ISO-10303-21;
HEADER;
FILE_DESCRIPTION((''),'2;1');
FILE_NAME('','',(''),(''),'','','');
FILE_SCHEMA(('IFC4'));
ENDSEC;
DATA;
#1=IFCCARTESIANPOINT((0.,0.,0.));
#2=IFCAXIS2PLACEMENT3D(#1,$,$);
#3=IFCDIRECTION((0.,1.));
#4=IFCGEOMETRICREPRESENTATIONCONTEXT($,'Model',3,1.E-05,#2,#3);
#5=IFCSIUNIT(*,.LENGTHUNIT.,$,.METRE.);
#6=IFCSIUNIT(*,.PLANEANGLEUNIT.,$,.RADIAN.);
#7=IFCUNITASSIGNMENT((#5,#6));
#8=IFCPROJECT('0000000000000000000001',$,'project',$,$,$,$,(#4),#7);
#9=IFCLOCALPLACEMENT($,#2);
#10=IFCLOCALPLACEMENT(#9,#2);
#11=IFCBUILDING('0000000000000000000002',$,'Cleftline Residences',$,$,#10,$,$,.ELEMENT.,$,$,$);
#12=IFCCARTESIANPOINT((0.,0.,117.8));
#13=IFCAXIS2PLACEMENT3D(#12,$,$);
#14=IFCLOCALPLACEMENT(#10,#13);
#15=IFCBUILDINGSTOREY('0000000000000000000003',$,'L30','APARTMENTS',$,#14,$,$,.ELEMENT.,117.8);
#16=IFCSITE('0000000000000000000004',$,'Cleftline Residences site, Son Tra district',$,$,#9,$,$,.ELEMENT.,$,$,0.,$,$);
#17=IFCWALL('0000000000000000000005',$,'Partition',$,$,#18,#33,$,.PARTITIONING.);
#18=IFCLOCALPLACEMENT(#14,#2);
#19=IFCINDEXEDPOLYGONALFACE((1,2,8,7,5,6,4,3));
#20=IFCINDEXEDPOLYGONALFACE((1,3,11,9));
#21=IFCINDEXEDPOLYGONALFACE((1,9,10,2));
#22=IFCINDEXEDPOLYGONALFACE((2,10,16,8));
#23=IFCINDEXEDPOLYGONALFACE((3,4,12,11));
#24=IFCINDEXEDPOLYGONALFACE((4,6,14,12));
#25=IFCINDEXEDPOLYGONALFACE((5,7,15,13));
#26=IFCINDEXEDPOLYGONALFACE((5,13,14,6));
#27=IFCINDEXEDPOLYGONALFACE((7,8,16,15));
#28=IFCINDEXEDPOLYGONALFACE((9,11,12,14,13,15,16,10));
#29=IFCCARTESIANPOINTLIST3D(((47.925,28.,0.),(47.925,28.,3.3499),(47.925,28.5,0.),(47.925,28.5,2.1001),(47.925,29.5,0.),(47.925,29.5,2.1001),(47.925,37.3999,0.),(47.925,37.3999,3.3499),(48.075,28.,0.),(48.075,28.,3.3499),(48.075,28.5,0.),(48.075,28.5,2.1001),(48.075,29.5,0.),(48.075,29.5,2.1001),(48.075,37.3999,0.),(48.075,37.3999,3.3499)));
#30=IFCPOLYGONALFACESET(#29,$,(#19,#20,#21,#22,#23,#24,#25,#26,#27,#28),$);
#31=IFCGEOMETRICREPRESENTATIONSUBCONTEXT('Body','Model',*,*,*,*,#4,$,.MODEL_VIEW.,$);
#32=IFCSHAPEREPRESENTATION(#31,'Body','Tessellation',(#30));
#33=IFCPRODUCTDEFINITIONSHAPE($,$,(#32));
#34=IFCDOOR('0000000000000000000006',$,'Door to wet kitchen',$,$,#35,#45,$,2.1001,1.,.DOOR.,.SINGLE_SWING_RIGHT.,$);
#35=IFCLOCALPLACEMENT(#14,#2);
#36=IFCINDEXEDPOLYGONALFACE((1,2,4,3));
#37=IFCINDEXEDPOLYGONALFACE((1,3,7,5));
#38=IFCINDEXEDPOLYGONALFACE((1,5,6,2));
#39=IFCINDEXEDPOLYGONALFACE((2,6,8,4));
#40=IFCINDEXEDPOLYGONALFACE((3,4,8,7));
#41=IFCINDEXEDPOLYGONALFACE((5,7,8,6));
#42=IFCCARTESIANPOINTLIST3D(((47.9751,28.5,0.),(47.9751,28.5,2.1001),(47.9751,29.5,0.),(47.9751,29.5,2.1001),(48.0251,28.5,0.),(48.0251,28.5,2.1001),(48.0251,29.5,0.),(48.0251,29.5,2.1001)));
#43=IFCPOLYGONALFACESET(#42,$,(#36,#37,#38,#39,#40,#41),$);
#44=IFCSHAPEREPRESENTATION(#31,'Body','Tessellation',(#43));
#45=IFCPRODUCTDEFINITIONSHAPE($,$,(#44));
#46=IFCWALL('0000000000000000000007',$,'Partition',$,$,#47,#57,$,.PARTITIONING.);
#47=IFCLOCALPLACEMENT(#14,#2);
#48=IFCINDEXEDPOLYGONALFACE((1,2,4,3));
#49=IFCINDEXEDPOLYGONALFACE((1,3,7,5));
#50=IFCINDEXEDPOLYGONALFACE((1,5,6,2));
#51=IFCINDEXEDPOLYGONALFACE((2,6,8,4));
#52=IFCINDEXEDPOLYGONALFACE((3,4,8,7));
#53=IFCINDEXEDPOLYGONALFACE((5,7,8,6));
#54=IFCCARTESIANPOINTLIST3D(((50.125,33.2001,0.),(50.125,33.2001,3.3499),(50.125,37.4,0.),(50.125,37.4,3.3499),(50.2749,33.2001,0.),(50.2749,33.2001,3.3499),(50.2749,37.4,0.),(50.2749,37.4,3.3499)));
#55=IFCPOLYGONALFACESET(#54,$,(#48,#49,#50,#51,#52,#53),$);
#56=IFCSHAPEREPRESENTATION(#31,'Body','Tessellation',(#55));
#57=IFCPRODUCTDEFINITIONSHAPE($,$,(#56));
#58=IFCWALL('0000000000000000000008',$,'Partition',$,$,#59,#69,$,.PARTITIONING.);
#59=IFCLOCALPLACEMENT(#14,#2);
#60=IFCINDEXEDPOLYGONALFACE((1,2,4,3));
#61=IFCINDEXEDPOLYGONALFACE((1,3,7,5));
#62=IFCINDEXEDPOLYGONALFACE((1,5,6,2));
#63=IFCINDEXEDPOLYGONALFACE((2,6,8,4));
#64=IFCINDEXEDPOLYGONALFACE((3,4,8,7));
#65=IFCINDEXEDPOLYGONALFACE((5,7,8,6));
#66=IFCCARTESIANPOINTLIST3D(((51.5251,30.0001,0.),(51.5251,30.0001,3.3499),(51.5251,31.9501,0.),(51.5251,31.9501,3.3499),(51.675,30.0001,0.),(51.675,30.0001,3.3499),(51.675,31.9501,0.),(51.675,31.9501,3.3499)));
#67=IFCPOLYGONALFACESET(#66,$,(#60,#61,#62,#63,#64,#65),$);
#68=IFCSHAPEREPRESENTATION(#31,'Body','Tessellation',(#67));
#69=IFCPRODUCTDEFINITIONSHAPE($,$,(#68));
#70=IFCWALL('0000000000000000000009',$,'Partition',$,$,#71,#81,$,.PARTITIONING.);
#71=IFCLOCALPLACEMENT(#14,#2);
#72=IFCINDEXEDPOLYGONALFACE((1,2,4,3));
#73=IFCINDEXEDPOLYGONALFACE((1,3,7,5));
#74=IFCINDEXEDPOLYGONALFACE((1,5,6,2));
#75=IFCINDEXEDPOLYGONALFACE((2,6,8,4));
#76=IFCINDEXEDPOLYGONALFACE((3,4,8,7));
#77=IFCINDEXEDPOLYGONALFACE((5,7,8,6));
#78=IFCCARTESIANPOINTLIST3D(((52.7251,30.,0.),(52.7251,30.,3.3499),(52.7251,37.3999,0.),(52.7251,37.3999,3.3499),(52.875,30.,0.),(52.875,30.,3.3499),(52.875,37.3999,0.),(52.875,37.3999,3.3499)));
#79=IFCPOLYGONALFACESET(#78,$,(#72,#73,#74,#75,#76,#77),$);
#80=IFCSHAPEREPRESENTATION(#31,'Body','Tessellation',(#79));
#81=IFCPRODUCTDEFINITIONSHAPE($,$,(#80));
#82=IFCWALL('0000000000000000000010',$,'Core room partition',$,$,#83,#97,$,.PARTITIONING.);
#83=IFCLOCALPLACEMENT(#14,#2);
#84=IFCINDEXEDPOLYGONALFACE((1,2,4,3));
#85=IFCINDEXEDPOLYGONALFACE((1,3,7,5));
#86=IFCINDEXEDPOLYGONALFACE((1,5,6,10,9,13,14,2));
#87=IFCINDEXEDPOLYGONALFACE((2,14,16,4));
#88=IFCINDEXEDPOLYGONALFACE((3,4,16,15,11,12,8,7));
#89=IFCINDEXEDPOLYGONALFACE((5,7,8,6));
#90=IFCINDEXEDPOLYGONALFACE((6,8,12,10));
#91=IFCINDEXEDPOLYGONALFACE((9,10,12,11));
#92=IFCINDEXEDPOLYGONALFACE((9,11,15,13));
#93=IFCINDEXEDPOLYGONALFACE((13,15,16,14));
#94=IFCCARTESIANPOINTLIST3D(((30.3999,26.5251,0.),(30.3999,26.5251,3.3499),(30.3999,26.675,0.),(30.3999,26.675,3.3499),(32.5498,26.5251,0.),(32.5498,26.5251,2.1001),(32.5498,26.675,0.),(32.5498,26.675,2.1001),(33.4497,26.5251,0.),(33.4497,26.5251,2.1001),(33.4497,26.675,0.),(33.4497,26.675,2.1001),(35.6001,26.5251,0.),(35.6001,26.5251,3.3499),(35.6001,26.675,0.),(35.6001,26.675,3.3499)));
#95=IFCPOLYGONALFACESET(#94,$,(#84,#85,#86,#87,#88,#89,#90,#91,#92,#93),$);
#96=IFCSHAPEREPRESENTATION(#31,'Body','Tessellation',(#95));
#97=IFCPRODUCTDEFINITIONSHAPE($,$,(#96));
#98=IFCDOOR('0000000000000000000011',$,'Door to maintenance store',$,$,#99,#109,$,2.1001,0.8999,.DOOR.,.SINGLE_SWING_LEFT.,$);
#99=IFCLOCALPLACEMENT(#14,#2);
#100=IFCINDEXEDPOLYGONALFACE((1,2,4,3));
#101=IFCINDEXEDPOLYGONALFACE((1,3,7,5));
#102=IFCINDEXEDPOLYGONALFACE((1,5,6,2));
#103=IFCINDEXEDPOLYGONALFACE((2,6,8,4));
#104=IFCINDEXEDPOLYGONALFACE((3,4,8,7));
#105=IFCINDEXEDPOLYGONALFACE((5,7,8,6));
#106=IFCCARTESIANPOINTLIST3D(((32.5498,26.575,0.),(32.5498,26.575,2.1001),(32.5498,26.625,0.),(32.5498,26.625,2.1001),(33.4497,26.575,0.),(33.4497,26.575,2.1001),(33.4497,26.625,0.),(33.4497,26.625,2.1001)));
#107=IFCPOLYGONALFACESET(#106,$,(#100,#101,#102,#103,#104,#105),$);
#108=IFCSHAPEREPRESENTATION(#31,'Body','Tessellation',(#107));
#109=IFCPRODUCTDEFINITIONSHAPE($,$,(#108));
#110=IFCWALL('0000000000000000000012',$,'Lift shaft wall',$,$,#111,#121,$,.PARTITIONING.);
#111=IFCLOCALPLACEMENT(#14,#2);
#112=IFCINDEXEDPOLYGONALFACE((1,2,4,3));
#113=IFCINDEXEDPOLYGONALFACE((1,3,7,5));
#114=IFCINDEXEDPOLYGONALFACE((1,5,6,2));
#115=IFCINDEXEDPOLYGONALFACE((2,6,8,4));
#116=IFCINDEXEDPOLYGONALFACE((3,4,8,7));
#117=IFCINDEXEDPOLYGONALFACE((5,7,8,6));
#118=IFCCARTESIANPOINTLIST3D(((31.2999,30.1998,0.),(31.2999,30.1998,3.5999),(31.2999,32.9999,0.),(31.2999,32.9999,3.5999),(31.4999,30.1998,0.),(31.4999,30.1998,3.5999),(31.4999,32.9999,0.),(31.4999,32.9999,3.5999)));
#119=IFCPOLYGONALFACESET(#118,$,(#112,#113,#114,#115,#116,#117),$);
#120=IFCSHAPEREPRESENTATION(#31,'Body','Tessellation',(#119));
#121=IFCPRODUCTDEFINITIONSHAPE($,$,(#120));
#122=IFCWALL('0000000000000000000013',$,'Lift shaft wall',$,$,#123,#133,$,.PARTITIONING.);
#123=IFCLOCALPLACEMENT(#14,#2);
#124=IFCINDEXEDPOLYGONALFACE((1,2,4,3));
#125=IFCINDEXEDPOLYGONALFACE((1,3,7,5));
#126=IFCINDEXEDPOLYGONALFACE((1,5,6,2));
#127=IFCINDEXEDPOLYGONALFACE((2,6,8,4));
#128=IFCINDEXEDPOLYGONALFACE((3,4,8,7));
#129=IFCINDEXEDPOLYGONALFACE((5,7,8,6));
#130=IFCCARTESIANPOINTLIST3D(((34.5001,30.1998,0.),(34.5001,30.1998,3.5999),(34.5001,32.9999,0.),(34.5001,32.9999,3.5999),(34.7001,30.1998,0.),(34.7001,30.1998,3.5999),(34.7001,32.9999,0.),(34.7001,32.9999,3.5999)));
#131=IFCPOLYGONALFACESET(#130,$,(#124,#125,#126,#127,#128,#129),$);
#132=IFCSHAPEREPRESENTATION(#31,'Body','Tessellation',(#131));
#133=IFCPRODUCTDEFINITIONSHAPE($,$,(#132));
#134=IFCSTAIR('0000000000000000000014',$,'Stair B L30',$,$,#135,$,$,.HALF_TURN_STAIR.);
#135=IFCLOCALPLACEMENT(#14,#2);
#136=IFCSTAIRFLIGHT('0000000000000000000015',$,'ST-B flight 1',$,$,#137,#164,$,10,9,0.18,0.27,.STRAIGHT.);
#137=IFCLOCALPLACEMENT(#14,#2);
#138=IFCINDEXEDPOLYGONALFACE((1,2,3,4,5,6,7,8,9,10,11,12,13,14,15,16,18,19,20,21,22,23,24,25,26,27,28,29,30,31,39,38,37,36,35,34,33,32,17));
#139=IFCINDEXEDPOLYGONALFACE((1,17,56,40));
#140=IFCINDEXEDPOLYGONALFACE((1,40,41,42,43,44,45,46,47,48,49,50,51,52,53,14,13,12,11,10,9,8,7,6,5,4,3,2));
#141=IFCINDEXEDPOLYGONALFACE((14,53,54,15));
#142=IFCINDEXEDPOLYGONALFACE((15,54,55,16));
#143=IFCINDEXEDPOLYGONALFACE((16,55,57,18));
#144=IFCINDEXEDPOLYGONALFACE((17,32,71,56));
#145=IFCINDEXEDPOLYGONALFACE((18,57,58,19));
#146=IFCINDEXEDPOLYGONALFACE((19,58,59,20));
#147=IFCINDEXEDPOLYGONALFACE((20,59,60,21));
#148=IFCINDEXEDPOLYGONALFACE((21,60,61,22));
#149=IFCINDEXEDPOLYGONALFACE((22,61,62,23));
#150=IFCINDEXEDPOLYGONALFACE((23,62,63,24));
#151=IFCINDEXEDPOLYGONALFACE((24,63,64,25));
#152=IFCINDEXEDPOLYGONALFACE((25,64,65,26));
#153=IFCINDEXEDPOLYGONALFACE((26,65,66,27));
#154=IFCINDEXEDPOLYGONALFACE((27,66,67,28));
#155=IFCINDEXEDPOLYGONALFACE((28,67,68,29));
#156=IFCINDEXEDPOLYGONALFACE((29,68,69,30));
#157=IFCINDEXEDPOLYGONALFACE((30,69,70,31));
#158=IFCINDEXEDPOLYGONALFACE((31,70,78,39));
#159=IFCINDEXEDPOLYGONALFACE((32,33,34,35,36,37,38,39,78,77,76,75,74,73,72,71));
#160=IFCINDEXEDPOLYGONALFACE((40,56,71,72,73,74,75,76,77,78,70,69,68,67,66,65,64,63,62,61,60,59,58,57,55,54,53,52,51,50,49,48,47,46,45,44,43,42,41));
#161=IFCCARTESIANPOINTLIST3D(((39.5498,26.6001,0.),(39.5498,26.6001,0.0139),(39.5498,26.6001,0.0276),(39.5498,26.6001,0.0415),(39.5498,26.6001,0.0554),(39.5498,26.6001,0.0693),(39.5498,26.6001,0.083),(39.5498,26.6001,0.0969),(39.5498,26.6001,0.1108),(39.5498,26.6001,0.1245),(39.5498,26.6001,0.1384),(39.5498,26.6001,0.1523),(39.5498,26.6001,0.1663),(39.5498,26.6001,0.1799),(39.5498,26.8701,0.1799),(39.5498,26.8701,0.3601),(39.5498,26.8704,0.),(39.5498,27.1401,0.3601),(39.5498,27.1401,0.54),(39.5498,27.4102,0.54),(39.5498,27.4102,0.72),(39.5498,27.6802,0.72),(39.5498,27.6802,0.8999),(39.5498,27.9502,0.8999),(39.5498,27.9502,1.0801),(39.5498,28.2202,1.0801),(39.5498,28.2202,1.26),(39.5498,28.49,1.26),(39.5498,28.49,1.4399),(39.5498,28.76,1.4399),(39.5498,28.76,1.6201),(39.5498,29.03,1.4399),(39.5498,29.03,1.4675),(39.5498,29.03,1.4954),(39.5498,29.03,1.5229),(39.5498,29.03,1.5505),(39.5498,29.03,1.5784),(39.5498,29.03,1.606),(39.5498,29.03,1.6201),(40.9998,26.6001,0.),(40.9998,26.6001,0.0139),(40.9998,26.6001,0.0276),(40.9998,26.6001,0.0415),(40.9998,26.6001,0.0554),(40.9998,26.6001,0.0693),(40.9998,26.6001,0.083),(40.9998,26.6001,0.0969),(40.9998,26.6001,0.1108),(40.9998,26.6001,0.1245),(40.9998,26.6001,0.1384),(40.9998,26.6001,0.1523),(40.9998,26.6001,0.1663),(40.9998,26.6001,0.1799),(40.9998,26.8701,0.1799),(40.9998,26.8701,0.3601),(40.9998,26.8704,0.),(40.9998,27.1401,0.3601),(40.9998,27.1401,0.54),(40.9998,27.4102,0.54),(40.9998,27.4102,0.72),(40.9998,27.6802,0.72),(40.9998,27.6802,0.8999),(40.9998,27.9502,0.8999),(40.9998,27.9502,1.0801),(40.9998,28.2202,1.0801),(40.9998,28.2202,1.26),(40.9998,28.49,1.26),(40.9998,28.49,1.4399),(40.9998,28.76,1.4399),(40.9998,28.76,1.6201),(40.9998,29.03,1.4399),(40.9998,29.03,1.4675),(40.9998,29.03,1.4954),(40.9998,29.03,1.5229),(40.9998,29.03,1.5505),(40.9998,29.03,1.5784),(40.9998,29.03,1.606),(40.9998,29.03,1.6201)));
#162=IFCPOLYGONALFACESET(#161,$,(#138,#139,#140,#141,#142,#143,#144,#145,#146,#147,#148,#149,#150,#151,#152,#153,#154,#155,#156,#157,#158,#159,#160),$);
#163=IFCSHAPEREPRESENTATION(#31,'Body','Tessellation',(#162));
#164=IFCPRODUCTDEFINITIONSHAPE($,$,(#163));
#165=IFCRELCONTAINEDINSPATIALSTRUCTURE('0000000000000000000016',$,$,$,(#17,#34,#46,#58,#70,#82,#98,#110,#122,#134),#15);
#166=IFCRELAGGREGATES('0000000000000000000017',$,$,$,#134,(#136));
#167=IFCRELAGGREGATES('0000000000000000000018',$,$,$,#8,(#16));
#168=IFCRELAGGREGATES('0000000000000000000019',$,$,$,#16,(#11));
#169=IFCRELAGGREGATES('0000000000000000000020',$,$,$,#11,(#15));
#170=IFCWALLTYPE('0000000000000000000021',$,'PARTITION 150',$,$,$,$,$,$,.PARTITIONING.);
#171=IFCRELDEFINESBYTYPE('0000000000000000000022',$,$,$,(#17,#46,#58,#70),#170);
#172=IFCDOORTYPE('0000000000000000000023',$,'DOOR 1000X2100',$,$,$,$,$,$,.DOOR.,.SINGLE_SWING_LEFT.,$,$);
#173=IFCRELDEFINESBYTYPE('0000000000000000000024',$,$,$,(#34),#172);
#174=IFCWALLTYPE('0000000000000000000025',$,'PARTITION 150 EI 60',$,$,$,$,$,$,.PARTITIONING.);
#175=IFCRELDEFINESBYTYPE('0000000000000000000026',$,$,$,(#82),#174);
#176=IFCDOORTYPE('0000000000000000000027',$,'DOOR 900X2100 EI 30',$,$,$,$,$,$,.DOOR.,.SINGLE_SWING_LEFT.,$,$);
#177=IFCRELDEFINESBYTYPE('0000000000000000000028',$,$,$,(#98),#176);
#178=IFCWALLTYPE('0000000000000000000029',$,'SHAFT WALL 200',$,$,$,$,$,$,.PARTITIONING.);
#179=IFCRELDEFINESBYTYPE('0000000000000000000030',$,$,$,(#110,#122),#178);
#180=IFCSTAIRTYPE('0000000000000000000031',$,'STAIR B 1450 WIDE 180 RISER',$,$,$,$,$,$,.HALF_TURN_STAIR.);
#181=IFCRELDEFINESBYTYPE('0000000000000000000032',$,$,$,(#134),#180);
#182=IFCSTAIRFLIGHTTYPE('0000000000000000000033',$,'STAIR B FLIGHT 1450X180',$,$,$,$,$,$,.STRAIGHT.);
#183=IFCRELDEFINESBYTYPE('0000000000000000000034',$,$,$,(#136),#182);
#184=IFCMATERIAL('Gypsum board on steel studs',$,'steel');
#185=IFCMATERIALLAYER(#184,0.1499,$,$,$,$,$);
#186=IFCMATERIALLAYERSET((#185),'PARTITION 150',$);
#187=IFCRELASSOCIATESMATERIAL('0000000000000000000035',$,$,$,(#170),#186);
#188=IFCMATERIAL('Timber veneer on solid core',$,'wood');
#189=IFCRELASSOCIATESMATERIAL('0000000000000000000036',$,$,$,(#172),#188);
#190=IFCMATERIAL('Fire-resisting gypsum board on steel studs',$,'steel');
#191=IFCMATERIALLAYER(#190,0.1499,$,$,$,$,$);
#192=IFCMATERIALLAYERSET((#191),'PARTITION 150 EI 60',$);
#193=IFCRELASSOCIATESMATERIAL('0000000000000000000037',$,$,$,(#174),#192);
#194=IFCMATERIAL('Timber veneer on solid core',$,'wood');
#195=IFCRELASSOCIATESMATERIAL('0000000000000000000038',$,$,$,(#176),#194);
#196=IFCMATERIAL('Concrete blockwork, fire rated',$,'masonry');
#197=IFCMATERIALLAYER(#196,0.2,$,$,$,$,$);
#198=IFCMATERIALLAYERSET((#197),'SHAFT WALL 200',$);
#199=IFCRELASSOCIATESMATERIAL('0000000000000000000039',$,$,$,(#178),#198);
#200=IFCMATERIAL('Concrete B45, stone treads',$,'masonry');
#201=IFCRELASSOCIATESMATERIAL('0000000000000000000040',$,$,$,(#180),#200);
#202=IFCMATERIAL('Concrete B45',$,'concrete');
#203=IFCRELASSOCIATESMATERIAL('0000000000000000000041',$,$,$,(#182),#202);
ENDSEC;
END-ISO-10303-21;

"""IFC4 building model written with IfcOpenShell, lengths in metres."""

from ifc_helpers import new_model, si_unit, direction, frame, frame_2d, origin, place, context, subcontext, project, spatial, polyline, rectangle, outline, extrude, material, layer, layer_set, type_object, element, fill, aggregate, save


model = new_model("IFC4")

# Units and contexts
model_context = context("Model", 3, precision=1e-05, world=origin(), true_north=direction((0.0, 1.0)))
body_context = subcontext(model_context, "Body", "Model", "MODEL_VIEW")
ifc_project = project(units=[si_unit("LENGTHUNIT", "METRE"), si_unit("PLANEANGLEUNIT", "RADIAN")], contexts=[model_context])

# Site, building, storey
site_placement = place(None, origin())
site = spatial("IfcSite", under=ifc_project, at=site_placement, Name="Cleftline Residences site, Son Tra district", CompositionType="ELEMENT", RefElevation=0.0)
building_placement = place(site_placement, origin())
building = spatial("IfcBuilding", under=site, at=building_placement, Name="Cleftline Residences", CompositionType="ELEMENT")
storey_placement = place(building_placement, frame((0.0, 0.0, 117.8)))
storey = spatial("IfcBuildingStorey", under=building, at=storey_placement, Name="L30", Description="APARTMENTS", CompositionType="ELEMENT", Elevation=117.8)

# Shared definitions
ifc_material_1 = material(Name="Gypsum board on steel studs", Category="steel")
ifc_layer_1 = layer(ifc_material_1, 0.1499)
ifc_layer_set_1 = layer_set([ifc_layer_1], Name="PARTITION 150")
wall_type_1 = type_object("IfcWallType", Name="PARTITION 150", PredefinedType="PARTITIONING", material=ifc_layer_set_1)
ifc_material_2 = material(Name="Timber veneer on solid core", Category="wood")
door_type_1 = type_object("IfcDoorType", Name="DOOR 1000X2100", OperationType="SINGLE_SWING_LEFT", PredefinedType="DOOR", material=ifc_material_2)

# Wall, opening, door
wall_1_placement = place(storey_placement, frame((48.0, 28.0, 0.0), z_axis=(0.0, 0.0, 1.0), x_axis=(0.0, 1.0, 0.0)))
wall_1 = element("IfcWall", 1, at=wall_1_placement, inside=storey, type_object=wall_type_1, Name="Partition", PredefinedType="PARTITIONING", context=body_context, shape_type="SweptSolid", body=[
    extrude(rectangle(XDim=9.3999, YDim=0.1499, at=frame_2d((4.7, 0.0))), origin(), (0.0, 0.0, 1.0), 3.3499),
])
opening_1_placement = place(wall_1_placement, frame((0.5, 0.0, 0.0)))
opening_1 = element("IfcOpeningElement", 2, at=opening_1_placement, cuts=wall_1, PredefinedType="OPENING", context=body_context, shape_type="SweptSolid", body=[
    extrude(rectangle(XDim=1.0, YDim=2.1001, at=frame_2d((0.5, 1.05))), frame((0.0, 0.085, 0.0), z_axis=(0.0, -1.0, 0.0), x_axis=(1.0, 0.0, 0.0)), (0.0, 0.0, 1.0), 0.1699),
])
door_1_placement = place(opening_1_placement, origin())
door_1 = element("IfcDoor", 3, at=door_1_placement, inside=storey, type_object=door_type_1, Name="Door to wet kitchen", OperationType="SINGLE_SWING_RIGHT", OverallHeight=2.1001, OverallWidth=1.0, PredefinedType="DOOR", context=body_context, shape_type="SweptSolid", body=[
    extrude(rectangle(XDim=1.0, YDim=2.1001, at=frame_2d((0.5, 1.05))), frame((0.0, 0.0249, 0.0), z_axis=(0.0, -1.0, 0.0), x_axis=(1.0, 0.0, 0.0)), (0.0, 0.0, 1.0), 0.05),
])
fill(opening_1, door_1)

# Walls
wall_2_placement = place(storey_placement, frame((50.2, 33.2, 0.0), z_axis=(0.0, 0.0, 1.0), x_axis=(0.0, 1.0, 0.0)))
element("IfcWall", 4, at=wall_2_placement, inside=storey, type_object=wall_type_1, Name="Partition", PredefinedType="PARTITIONING", context=body_context, shape_type="SweptSolid", body=[
    extrude(rectangle(XDim=4.2, YDim=0.1499, at=frame_2d((2.1001, 0.0))), origin(), (0.0, 0.0, 1.0), 3.3499),
])
wall_3_placement = place(storey_placement, frame((51.6001, 30.0, 0.0), z_axis=(0.0, 0.0, 1.0), x_axis=(0.0, 1.0, 0.0)))
element("IfcWall", 5, at=wall_3_placement, inside=storey, type_object=wall_type_1, Name="Partition", PredefinedType="PARTITIONING", context=body_context, shape_type="SweptSolid", body=[
    extrude(rectangle(XDim=1.95, YDim=0.1499, at=frame_2d((0.9751, 0.0))), origin(), (0.0, 0.0, 1.0), 3.3499),
])
wall_4_placement = place(storey_placement, frame((52.8, 30.0, 0.0), z_axis=(0.0, 0.0, 1.0), x_axis=(0.0, 1.0, 0.0)))
element("IfcWall", 6, at=wall_4_placement, inside=storey, type_object=wall_type_1, Name="Partition", PredefinedType="PARTITIONING", context=body_context, shape_type="SweptSolid", body=[
    extrude(rectangle(XDim=7.3999, YDim=0.1499, at=frame_2d((3.7, 0.0))), origin(), (0.0, 0.0, 1.0), 3.3499),
])

# Wall, opening, door
ifc_material_3 = material(Name="Fire-resisting gypsum board on steel studs", Category="steel")
ifc_layer_2 = layer(ifc_material_3, 0.1499)
ifc_layer_set_2 = layer_set([ifc_layer_2], Name="PARTITION 150 EI 60")
wall_type_2 = type_object("IfcWallType", Name="PARTITION 150 EI 60", PredefinedType="PARTITIONING", material=ifc_layer_set_2)
wall_5_placement = place(storey_placement, frame((30.3999, 26.6001, 0.0), z_axis=(0.0, 0.0, 1.0), x_axis=(1.0, 0.0, 0.0)))
wall_5 = element("IfcWall", 7, at=wall_5_placement, inside=storey, type_object=wall_type_2, Name="Core room partition", PredefinedType="PARTITIONING", context=body_context, shape_type="SweptSolid", body=[
    extrude(rectangle(XDim=5.2002, YDim=0.1499, at=frame_2d((2.6001, 0.0))), origin(), (0.0, 0.0, 1.0), 3.3499),
])
opening_2_placement = place(wall_5_placement, frame((2.1499, 0.0, 0.0)))
opening_2 = element("IfcOpeningElement", 8, at=opening_2_placement, cuts=wall_5, PredefinedType="OPENING", context=body_context, shape_type="SweptSolid", body=[
    extrude(rectangle(XDim=0.8999, YDim=2.1001, at=frame_2d((0.45, 1.05))), frame((0.0, 0.085, 0.0), z_axis=(0.0, -1.0, 0.0), x_axis=(1.0, 0.0, 0.0)), (0.0, 0.0, 1.0), 0.1699),
])
ifc_material_4 = material(Name="Timber veneer on solid core", Category="wood")
door_type_2 = type_object("IfcDoorType", Name="DOOR 900X2100 EI 30", OperationType="SINGLE_SWING_LEFT", PredefinedType="DOOR", material=ifc_material_4)
door_2_placement = place(opening_2_placement, origin())
door_2 = element("IfcDoor", 9, at=door_2_placement, inside=storey, type_object=door_type_2, Name="Door to maintenance store", OperationType="SINGLE_SWING_LEFT", OverallHeight=2.1001, OverallWidth=0.8999, PredefinedType="DOOR", context=body_context, shape_type="SweptSolid", body=[
    extrude(rectangle(XDim=0.8999, YDim=2.1001, at=frame_2d((0.45, 1.05))), frame((0.0, 0.0249, 0.0), z_axis=(0.0, -1.0, 0.0), x_axis=(1.0, 0.0, 0.0)), (0.0, 0.0, 1.0), 0.05),
])
fill(opening_2, door_2)

# Walls
ifc_material_5 = material(Name="Concrete blockwork, fire rated", Category="masonry")
ifc_layer_3 = layer(ifc_material_5, 0.2)
ifc_layer_set_3 = layer_set([ifc_layer_3], Name="SHAFT WALL 200")
wall_type_3 = type_object("IfcWallType", Name="SHAFT WALL 200", PredefinedType="PARTITIONING", material=ifc_layer_set_3)
for number, where, z_axis, x_axis, name in (
    (10, (31.3999, 30.2, 0.0), (0.0, 0.0, 1.0), (0.0, 1.0, 0.0), "Lift shaft wall"),
    (11, (34.6001, 30.2, 0.0), (0.0, 0.0, 1.0), (0.0, 1.0, 0.0), "Lift shaft wall"),
):
    element("IfcWall", number, at=place(storey_placement, frame(where, z_axis=z_axis, x_axis=x_axis)), inside=storey, type_object=wall_type_3, Name=name, PredefinedType="PARTITIONING", context=body_context, shape_type="SweptSolid", body=[
        extrude(rectangle(XDim=2.8, YDim=0.2, at=frame_2d((1.3999, 0.0))), origin(), (0.0, 0.0, 1.0), 3.5999),
    ])

# Stair, stair flight
ifc_material_6 = material(Name="Concrete B45, stone treads", Category="masonry")
stair_type = type_object("IfcStairType", Name="STAIR B 1450 WIDE 180 RISER", PredefinedType="HALF_TURN_STAIR", material=ifc_material_6)
stair_placement = place(storey_placement, origin())
stair = element("IfcStair", 12, at=stair_placement, inside=storey, type_object=stair_type, Name="Stair B L30", PredefinedType="HALF_TURN_STAIR")
ifc_material_7 = material(Name="Concrete B45", Category="concrete")
stair_flight_type = type_object("IfcStairFlightType", Name="STAIR B FLIGHT 1450X180", PredefinedType="STRAIGHT", material=ifc_material_7)
stair_flight_1_placement = place(storey_placement, frame((40.2749, 26.6001, 0.0), z_axis=(0.0, 0.0, 1.0), x_axis=(0.0, 1.0, 0.0)))
stair_flight_1 = element("IfcStairFlight", 13, at=stair_flight_1_placement, type_object=stair_flight_type, Name="ST-B flight 1", NumberOfRisers=10, NumberOfTreads=9, PredefinedType="STRAIGHT", RiserHeight=0.18, TreadLength=0.27, context=body_context, shape_type="SweptSolid", body=[
    extrude(outline(polyline([(0.0, 0.0), (0.0, 0.0139), (0.0, 0.0276), (0.0, 0.0415), (0.0, 0.0554), (0.0, 0.0693), (0.0, 0.083), (0.0, 0.0969), (0.0, 0.1108), (0.0, 0.1245), (0.0, 0.1384), (0.0, 0.1523), (0.0, 0.1663), (0.0, 0.1799), (0.27, 0.1799), (0.27, 0.3601), (0.54, 0.3601), (0.54, 0.54), (0.8101, 0.54), (0.8101, 0.72), (1.0801, 0.72), (1.0801, 0.8999), (1.3501, 0.8999), (1.3501, 1.0801), (1.6201, 1.0801), (1.6201, 1.26), (1.8899, 1.26), (1.8899, 1.4399), (2.1599, 1.4399), (2.1599, 1.6201), (2.4299, 1.6201), (2.4299, 1.8), (2.4299, 1.7722), (2.4299, 1.7446), (2.4299, 1.7168), (2.4299, 1.6892), (2.4299, 1.6614), (2.4299, 1.6338), (2.4299, 1.606), (2.4299, 1.5784), (2.4299, 1.5505), (2.4299, 1.5229), (2.4299, 1.4954), (2.4299, 1.4675), (2.4299, 1.4399), (0.2703, 0.0), (0.0, 0.0)])), frame((0.0, 0.7251, 0.0), z_axis=(0.0, -1.0, 0.0), x_axis=(1.0, 0.0, 0.0)), (0.0, 0.0, 1.0), 1.45),
])
aggregate(stair, [stair_flight_1])

save(model, "model.ifc")
